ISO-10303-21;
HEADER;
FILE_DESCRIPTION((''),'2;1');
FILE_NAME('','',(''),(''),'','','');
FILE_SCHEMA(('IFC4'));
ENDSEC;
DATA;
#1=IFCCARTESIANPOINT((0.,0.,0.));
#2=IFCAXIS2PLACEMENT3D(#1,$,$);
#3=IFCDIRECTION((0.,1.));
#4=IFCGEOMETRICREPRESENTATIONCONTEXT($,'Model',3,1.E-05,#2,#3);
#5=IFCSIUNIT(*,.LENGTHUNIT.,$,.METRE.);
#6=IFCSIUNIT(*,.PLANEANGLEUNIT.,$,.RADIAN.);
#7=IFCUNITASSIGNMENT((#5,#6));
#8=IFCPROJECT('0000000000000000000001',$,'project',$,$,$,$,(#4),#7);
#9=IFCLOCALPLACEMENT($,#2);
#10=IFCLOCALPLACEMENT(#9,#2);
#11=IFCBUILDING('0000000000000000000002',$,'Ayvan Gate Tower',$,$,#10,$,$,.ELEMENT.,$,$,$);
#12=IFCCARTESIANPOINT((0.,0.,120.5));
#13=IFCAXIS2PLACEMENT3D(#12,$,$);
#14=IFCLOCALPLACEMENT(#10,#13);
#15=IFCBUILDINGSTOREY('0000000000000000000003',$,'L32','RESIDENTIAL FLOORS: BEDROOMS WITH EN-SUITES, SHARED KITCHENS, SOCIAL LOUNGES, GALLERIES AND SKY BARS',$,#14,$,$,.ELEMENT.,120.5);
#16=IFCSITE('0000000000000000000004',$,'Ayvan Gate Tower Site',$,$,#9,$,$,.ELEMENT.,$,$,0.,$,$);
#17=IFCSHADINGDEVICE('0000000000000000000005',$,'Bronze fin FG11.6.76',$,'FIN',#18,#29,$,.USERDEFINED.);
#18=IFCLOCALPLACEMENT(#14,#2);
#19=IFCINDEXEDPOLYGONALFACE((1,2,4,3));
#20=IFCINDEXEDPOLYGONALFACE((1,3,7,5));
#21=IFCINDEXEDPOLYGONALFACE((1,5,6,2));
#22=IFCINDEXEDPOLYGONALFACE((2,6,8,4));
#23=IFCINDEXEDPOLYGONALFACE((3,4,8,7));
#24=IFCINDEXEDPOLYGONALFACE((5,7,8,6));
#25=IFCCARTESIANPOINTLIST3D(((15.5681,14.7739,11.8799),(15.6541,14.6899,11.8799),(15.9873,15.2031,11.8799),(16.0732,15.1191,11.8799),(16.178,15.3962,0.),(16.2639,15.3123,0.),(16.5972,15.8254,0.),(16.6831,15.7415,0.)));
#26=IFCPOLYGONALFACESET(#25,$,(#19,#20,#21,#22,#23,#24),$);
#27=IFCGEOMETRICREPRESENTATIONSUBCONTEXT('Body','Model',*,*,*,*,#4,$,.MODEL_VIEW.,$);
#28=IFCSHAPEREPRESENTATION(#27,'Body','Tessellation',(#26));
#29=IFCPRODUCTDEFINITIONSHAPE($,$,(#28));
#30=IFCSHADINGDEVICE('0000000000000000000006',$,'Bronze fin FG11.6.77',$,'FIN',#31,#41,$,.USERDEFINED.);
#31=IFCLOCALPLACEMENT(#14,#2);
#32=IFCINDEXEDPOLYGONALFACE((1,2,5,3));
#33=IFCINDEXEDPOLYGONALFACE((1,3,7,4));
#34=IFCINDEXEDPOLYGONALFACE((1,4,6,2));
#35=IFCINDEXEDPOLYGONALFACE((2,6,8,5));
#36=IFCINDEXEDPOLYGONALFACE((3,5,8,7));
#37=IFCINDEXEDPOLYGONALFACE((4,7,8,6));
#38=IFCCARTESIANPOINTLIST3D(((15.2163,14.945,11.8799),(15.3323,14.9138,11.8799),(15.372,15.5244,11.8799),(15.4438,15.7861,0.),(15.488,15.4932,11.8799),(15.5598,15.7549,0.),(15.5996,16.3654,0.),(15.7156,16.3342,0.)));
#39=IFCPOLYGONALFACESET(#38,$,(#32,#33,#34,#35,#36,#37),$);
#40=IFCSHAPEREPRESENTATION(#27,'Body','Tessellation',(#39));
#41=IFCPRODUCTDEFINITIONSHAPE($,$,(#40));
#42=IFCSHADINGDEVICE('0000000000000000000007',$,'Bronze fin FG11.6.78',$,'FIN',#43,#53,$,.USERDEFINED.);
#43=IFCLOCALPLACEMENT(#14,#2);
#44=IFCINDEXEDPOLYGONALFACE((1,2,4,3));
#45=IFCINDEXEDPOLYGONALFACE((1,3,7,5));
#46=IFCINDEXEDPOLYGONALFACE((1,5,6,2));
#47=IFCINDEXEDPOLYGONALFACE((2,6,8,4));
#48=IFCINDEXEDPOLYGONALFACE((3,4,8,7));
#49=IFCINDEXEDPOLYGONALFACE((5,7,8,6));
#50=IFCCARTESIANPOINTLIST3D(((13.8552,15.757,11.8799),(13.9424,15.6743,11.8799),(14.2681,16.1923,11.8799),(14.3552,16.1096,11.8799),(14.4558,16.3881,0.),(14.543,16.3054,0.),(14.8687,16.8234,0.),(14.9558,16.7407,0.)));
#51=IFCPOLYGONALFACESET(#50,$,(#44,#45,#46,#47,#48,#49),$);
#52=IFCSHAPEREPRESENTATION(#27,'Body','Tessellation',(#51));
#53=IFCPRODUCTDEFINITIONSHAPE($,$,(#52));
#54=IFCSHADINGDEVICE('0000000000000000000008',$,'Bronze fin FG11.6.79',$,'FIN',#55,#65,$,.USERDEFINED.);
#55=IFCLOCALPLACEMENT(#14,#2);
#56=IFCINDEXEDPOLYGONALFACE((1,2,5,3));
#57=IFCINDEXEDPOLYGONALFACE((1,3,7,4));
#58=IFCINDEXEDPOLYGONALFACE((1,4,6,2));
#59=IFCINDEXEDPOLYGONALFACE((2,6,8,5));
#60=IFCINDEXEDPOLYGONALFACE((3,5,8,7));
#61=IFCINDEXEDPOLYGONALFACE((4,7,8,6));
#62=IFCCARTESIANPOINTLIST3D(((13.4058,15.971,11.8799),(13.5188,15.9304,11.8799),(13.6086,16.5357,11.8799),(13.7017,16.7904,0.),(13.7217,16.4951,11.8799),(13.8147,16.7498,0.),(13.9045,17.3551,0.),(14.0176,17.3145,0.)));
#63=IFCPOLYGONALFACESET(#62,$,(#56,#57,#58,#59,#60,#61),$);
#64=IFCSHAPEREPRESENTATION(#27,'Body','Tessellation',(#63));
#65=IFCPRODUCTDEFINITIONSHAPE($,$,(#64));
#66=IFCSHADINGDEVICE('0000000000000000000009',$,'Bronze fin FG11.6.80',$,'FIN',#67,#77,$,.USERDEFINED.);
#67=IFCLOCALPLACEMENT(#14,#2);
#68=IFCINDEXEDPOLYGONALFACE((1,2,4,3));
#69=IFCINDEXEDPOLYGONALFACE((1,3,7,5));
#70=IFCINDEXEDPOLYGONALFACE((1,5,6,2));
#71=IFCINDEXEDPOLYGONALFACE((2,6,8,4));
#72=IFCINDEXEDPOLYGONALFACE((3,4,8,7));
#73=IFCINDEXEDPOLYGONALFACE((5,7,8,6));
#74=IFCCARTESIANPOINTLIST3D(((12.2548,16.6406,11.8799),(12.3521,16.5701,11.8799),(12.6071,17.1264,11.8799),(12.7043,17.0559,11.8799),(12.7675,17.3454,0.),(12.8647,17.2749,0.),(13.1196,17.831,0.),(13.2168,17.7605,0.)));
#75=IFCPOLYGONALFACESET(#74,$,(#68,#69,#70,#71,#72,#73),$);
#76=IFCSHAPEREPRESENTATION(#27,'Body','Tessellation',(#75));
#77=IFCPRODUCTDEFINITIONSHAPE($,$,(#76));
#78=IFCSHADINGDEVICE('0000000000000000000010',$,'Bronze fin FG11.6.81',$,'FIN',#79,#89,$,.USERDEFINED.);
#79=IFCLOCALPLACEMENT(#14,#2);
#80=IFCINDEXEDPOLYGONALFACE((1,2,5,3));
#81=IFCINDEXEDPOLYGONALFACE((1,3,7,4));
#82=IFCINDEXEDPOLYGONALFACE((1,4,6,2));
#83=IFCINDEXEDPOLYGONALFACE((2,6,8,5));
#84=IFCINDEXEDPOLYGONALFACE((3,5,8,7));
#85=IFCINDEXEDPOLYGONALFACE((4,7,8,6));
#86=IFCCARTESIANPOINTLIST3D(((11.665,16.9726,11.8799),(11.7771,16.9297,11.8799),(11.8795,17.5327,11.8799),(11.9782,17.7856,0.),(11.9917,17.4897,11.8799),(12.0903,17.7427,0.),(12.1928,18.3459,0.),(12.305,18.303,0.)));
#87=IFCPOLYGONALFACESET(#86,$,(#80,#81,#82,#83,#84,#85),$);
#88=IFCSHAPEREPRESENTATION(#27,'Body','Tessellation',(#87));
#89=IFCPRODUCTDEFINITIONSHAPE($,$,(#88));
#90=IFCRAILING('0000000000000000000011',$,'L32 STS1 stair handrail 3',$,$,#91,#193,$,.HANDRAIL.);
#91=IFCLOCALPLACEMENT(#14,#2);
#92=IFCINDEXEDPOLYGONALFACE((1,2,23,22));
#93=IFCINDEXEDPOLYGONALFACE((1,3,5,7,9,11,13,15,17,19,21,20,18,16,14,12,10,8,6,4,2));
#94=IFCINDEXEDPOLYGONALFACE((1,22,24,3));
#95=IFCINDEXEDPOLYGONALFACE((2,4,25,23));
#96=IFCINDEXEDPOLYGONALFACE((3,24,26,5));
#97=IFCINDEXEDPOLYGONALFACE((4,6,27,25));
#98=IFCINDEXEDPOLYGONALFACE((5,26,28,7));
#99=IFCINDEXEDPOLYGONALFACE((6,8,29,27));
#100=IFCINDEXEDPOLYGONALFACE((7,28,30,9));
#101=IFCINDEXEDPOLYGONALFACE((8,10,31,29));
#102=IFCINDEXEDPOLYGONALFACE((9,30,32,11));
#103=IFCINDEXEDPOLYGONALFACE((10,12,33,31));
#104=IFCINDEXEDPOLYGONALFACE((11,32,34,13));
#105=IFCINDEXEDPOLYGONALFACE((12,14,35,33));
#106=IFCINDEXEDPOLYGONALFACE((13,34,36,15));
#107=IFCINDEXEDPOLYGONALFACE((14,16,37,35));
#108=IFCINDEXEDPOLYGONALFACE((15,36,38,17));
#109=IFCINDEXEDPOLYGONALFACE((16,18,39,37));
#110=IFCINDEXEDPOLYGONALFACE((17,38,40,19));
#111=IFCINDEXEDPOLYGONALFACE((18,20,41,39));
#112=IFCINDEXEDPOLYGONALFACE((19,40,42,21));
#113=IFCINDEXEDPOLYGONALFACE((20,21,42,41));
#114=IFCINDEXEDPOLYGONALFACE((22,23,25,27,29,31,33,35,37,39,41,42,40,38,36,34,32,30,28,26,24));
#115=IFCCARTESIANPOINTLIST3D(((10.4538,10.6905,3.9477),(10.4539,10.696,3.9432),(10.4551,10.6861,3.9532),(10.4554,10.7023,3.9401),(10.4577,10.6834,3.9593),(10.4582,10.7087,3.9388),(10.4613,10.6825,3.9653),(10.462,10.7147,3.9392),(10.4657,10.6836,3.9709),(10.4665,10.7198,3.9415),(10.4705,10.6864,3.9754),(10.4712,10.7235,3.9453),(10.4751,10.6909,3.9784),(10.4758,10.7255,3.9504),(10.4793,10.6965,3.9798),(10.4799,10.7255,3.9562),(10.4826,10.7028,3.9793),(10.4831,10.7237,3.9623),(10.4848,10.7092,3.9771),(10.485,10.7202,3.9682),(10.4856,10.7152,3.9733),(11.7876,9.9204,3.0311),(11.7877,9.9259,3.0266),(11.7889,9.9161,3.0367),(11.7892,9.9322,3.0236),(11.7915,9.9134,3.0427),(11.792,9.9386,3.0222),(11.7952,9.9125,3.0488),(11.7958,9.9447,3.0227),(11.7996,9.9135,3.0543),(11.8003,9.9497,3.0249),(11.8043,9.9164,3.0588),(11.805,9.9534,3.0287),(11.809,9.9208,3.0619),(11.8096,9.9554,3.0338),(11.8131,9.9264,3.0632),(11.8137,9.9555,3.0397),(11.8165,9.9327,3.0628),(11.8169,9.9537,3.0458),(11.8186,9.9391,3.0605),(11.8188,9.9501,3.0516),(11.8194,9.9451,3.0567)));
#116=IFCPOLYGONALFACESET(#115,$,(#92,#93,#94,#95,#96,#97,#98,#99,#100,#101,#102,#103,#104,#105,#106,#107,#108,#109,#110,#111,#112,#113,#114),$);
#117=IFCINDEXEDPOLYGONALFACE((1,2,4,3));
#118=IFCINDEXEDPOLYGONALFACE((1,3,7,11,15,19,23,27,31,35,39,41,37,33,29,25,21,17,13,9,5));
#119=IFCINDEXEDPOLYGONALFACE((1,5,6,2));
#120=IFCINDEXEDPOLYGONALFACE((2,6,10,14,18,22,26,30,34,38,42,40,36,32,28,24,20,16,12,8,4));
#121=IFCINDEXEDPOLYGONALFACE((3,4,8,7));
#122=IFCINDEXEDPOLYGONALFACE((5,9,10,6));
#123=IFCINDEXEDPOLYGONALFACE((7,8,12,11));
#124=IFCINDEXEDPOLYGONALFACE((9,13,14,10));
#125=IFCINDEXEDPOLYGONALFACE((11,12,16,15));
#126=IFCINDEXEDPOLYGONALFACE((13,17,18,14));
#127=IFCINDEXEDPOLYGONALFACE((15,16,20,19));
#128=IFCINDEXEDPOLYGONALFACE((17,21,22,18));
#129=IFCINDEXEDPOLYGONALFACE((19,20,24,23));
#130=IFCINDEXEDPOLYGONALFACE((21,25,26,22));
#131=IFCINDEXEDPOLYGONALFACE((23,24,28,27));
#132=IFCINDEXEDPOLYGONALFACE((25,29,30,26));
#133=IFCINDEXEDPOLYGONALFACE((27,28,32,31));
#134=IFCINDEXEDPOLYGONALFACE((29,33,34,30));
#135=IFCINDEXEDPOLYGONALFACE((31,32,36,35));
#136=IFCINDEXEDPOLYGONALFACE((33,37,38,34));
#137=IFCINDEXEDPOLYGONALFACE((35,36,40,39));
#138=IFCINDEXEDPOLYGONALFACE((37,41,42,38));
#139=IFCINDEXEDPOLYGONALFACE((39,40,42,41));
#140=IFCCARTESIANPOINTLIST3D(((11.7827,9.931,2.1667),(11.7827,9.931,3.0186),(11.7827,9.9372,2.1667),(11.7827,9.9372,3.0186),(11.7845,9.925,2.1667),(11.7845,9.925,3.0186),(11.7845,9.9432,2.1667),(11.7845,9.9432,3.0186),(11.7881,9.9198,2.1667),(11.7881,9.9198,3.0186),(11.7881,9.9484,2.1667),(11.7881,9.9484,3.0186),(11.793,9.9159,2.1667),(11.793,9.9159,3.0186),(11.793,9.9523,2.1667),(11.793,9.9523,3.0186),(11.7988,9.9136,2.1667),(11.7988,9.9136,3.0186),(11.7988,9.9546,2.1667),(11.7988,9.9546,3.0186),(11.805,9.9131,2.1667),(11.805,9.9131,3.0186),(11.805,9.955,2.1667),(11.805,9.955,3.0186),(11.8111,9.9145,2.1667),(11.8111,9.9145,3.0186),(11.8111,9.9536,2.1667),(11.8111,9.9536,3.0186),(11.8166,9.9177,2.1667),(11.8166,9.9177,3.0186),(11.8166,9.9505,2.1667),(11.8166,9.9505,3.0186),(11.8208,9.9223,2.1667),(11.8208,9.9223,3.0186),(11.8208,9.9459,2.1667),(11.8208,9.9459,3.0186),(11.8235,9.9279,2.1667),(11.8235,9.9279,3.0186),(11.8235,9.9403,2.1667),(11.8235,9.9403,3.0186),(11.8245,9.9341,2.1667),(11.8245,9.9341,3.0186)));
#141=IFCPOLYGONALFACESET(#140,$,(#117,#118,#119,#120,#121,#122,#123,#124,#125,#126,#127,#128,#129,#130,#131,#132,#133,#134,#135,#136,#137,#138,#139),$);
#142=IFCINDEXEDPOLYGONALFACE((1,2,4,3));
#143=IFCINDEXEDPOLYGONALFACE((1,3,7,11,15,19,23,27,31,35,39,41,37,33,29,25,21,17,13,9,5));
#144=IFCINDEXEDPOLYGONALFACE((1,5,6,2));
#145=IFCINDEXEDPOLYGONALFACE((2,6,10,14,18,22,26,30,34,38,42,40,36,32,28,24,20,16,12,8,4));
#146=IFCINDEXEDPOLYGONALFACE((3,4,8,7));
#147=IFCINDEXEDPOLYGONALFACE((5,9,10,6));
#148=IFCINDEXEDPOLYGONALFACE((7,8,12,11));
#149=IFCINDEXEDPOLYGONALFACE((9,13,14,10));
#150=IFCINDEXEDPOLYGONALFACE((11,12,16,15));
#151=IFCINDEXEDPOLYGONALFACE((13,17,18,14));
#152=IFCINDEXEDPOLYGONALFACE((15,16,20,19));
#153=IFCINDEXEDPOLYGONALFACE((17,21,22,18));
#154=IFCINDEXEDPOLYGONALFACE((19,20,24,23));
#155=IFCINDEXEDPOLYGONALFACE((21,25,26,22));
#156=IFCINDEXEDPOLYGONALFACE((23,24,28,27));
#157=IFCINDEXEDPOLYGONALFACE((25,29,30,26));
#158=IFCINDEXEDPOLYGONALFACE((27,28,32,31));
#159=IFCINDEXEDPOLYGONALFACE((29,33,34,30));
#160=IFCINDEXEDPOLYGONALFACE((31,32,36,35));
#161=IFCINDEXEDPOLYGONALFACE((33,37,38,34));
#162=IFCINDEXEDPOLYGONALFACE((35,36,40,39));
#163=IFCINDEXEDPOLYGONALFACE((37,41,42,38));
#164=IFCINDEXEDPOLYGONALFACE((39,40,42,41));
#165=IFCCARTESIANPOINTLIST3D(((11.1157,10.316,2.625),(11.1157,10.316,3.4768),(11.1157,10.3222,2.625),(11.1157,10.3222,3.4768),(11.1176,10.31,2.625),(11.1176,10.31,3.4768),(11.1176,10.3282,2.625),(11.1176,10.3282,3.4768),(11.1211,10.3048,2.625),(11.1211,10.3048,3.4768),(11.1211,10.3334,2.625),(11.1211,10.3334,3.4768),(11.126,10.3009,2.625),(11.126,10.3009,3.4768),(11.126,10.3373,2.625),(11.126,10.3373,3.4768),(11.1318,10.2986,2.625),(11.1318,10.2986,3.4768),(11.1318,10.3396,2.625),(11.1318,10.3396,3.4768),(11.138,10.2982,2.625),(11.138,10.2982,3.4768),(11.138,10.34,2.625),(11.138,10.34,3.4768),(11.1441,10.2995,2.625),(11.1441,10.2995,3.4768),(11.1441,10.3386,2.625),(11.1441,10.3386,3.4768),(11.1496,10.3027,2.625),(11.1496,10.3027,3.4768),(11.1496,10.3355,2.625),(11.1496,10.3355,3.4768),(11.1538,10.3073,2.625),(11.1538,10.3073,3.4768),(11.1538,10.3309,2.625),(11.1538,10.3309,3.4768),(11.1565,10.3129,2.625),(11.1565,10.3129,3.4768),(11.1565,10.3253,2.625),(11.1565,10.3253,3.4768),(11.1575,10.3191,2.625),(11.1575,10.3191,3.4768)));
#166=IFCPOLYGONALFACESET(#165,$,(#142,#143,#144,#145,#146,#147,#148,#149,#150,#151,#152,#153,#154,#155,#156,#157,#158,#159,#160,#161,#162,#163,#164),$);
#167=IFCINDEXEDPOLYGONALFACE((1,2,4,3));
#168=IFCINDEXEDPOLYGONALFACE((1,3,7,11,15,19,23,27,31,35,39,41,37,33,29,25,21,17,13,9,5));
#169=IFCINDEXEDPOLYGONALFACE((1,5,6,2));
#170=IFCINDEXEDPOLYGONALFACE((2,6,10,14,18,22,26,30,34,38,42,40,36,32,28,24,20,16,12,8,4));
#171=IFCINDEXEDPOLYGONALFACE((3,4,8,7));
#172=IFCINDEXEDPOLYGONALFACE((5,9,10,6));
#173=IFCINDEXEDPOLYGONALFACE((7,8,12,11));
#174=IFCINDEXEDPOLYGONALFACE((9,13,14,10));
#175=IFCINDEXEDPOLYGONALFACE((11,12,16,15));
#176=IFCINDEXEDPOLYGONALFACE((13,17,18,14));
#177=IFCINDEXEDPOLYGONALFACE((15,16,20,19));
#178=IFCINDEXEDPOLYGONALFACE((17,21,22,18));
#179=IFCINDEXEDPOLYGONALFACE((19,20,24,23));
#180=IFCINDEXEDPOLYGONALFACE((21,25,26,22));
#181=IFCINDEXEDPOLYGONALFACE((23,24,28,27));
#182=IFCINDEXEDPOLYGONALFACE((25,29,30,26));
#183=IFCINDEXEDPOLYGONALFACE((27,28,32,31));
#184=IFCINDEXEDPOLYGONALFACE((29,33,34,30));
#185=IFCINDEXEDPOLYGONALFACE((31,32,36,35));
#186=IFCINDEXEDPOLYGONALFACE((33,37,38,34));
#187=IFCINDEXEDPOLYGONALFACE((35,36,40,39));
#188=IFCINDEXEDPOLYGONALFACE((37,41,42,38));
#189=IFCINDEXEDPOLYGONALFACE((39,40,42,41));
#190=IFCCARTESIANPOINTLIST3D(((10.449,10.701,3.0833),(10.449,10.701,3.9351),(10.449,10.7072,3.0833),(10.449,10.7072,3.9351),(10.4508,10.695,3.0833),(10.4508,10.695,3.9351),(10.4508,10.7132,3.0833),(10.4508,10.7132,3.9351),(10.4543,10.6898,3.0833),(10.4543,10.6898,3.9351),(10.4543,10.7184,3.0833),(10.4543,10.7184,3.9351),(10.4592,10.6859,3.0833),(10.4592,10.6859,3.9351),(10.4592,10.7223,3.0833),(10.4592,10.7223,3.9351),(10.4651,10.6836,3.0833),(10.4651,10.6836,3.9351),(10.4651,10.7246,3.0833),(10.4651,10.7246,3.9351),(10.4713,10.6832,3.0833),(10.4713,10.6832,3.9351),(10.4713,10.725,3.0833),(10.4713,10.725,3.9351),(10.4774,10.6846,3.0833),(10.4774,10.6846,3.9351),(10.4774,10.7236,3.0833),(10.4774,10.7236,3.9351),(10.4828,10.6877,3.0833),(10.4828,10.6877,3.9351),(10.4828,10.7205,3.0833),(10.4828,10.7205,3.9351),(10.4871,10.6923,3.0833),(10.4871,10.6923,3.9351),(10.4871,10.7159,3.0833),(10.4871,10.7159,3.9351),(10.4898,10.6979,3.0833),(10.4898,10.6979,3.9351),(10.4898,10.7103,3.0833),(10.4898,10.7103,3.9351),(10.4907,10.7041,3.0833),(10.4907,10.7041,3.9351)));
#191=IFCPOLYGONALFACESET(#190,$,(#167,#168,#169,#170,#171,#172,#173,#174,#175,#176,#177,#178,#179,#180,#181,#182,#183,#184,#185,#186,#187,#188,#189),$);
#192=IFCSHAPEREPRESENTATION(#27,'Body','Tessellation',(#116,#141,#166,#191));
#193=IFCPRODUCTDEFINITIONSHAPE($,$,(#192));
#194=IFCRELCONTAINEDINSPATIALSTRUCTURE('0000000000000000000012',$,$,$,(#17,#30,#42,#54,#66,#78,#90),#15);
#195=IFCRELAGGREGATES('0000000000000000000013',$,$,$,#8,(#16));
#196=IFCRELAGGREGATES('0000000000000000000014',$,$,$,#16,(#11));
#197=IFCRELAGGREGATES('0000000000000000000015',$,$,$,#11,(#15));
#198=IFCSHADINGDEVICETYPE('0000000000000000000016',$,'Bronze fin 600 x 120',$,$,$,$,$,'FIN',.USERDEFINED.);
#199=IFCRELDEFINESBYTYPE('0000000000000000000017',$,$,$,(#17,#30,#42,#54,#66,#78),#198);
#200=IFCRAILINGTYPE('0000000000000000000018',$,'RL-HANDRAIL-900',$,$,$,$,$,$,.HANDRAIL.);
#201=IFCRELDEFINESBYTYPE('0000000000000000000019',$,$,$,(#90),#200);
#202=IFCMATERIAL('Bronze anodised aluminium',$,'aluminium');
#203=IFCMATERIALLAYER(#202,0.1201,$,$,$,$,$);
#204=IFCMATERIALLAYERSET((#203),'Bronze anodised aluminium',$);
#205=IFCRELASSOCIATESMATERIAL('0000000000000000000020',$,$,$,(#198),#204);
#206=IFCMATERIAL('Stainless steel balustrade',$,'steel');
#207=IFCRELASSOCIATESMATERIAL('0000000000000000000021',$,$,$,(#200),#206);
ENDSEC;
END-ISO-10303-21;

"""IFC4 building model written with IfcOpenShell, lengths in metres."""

from ifc_helpers import new_model, si_unit, direction, frame, origin, origin_2d, place, context, subcontext, project, spatial, polyline, circle, outline, extrude, material, layer, layer_set, type_object, element, save


model = new_model("IFC4")

# Units and contexts
model_context = context("Model", 3, precision=1e-05, world=origin(), true_north=direction((0.0, 1.0)))
body_context = subcontext(model_context, "Body", "Model", "MODEL_VIEW")
ifc_project = project(units=[si_unit("LENGTHUNIT", "METRE"), si_unit("PLANEANGLEUNIT", "RADIAN")], contexts=[model_context])

# Site, building, storey
site_placement = place(None, origin())
site = spatial("IfcSite", under=ifc_project, at=site_placement, Name="Ayvan Gate Tower Site", CompositionType="ELEMENT", RefElevation=0.0)
building_placement = place(site_placement, origin())
building = spatial("IfcBuilding", under=site, at=building_placement, Name="Ayvan Gate Tower", CompositionType="ELEMENT")
storey_placement = place(building_placement, frame((0.0, 0.0, 120.5)))
storey = spatial("IfcBuildingStorey", under=building, at=storey_placement, Name="L32", Description="RESIDENTIAL FLOORS: BEDROOMS WITH EN-SUITES, SHARED KITCHENS, SOCIAL LOUNGES, GALLERIES AND SKY BARS", CompositionType="ELEMENT", Elevation=120.5)

# Shared definitions
ifc_material_1 = material(Name="Bronze anodised aluminium", Category="aluminium")

# Shading devices
ifc_layer_1 = layer(ifc_material_1, 0.1201)
ifc_layer_set_1 = layer_set([ifc_layer_1], Name="Bronze anodised aluminium")
shading_device_type = type_object("IfcShadingDeviceType", Name="Bronze fin 600 x 120", ElementType="FIN", PredefinedType="USERDEFINED", material=ifc_layer_set_1)
shading_device_1_placement = place(storey_placement, frame((16.2639, 15.3123, 0.0), z_axis=(0.7154, -0.698715, 0.000124), x_axis=(0.698715, 0.7154, 0.0)))
element("IfcShadingDevice", 1, at=shading_device_1_placement, inside=storey, type_object=shading_device_type, Name="Bronze fin FG11.6.76", ObjectType="FIN", PredefinedType="USERDEFINED", context=body_context, shape_type="SweptSolid", body=[
    extrude(outline(polyline([(0.0, 0.0), (0.5999, 0.0), (-0.2714, 11.8799), (-0.8713, 11.8799), (0.0, 0.0)])), origin(), (0.0, 0.0, -1.0), 0.1201),
])
shading_device_2_placement = place(storey_placement, frame((15.5598, 15.7549, 0.0), z_axis=(0.965706, -0.259638, 0.000115), x_axis=(0.259638, 0.965706, 0.0)))
element("IfcShadingDevice", 2, at=shading_device_2_placement, inside=storey, type_object=shading_device_type, Name="Bronze fin FG11.6.77", ObjectType="FIN", PredefinedType="USERDEFINED", context=body_context, shape_type="SweptSolid", body=[
    extrude(outline(polyline([(0.0, 0.0), (0.5999, 0.0), (-0.2714, 11.8799), (-0.8713, 11.8799), (0.0, 0.0)])), origin(), (0.0, 0.0, -1.0), 0.1201),
])
shading_device_3_placement = place(storey_placement, frame((14.543, 16.3054, 0.0), z_axis=(0.725578, -0.68814, 0.000125), x_axis=(0.68814, 0.725578, 0.0)))
element("IfcShadingDevice", 3, at=shading_device_3_placement, inside=storey, type_object=shading_device_type, Name="Bronze fin FG11.6.78", ObjectType="FIN", PredefinedType="USERDEFINED", context=body_context, shape_type="SweptSolid", body=[
    extrude(outline(polyline([(0.0, 0.0), (0.5999, 0.0), (-0.2713, 11.8799), (-0.8712, 11.8799), (0.0, 0.0)])), origin(), (0.0, 0.0, -1.0), 0.1201),
])
shading_device_4_placement = place(storey_placement, frame((13.8147, 16.7498, 0.0), z_axis=(0.941105, -0.338114, 0.000121), x_axis=(0.338114, 0.941105, 0.0)))
element("IfcShadingDevice", 4, at=shading_device_4_placement, inside=storey, type_object=shading_device_type, Name="Bronze fin FG11.6.79", ObjectType="FIN", PredefinedType="USERDEFINED", context=body_context, shape_type="SweptSolid", body=[
    extrude(outline(polyline([(0.0, 0.0), (0.6, 0.0), (-0.2711, 11.8799), (-0.8711, 11.8799), (0.0, 0.0)])), origin(), (0.0, 0.0, -1.0), 0.1201),
])
shading_device_5_placement = place(storey_placement, frame((12.8647, 17.2749, 0.0), z_axis=(0.809589, -0.586998, 0.00011), x_axis=(0.586998, 0.809589, 0.0)))
element("IfcShadingDevice", 5, at=shading_device_5_placement, inside=storey, type_object=shading_device_type, Name="Bronze fin FG11.6.80", ObjectType="FIN", PredefinedType="USERDEFINED", context=body_context, shape_type="SweptSolid", body=[
    extrude(outline(polyline([(0.0, 0.0), (0.5998, 0.0), (-0.2714, 11.8799), (-0.8716, 11.8799), (0.0, 0.0)])), origin(), (0.0, 0.0, -1.0), 0.1201),
])
shading_device_6_placement = place(storey_placement, frame((12.0903, 17.7427, 0.0), z_axis=(0.933822, -0.357738, 0.000137), x_axis=(0.357738, 0.933822, 0.0)))
element("IfcShadingDevice", 6, at=shading_device_6_placement, inside=storey, type_object=shading_device_type, Name="Bronze fin FG11.6.81", ObjectType="FIN", PredefinedType="USERDEFINED", context=body_context, shape_type="SweptSolid", body=[
    extrude(outline(polyline([(0.0, 0.0), (0.6, 0.0), (-0.2715, 11.8799), (-0.8712, 11.8799), (0.0, 0.0)])), origin(), (0.0, 0.0, -1.0), 0.1201),
])

# Railing
ifc_material_2 = material(Name="Stainless steel balustrade", Category="steel")
railing_type = type_object("IfcRailingType", Name="RL-HANDRAIL-900", PredefinedType="HANDRAIL", material=ifc_material_2)
railing_placement = place(storey_placement, frame((11.8035, 9.9341, 2.1667)))
element("IfcRailing", 7, at=railing_placement, inside=storey, type_object=railing_type, Name="L32 STS1 stair handrail 3", PredefinedType="HANDRAIL", context=body_context, shape_type="SweptSolid", body=[
    extrude(circle(Radius=0.0239, at=origin_2d()), frame((0.0, 0.0, 0.876), z_axis=(-0.744216, 0.429664, 0.511401), x_axis=(-0.499992, -0.86603, 0.0)), (0.0, 0.0, 1.0), 1.7922),
    extrude(circle(Radius=0.021, at=origin_2d()), origin(), (0.0, 0.0, 1.0), 0.8518),
    extrude(circle(Radius=0.021, at=origin_2d()), frame((-0.667, 0.385, 0.4583)), (0.0, 0.0, 1.0), 0.8518),
    extrude(circle(Radius=0.021, at=origin_2d()), frame((-1.3337, 0.77, 0.9165)), (0.0, 0.0, 1.0), 0.8518),
])

save(model, "model.ifc")
